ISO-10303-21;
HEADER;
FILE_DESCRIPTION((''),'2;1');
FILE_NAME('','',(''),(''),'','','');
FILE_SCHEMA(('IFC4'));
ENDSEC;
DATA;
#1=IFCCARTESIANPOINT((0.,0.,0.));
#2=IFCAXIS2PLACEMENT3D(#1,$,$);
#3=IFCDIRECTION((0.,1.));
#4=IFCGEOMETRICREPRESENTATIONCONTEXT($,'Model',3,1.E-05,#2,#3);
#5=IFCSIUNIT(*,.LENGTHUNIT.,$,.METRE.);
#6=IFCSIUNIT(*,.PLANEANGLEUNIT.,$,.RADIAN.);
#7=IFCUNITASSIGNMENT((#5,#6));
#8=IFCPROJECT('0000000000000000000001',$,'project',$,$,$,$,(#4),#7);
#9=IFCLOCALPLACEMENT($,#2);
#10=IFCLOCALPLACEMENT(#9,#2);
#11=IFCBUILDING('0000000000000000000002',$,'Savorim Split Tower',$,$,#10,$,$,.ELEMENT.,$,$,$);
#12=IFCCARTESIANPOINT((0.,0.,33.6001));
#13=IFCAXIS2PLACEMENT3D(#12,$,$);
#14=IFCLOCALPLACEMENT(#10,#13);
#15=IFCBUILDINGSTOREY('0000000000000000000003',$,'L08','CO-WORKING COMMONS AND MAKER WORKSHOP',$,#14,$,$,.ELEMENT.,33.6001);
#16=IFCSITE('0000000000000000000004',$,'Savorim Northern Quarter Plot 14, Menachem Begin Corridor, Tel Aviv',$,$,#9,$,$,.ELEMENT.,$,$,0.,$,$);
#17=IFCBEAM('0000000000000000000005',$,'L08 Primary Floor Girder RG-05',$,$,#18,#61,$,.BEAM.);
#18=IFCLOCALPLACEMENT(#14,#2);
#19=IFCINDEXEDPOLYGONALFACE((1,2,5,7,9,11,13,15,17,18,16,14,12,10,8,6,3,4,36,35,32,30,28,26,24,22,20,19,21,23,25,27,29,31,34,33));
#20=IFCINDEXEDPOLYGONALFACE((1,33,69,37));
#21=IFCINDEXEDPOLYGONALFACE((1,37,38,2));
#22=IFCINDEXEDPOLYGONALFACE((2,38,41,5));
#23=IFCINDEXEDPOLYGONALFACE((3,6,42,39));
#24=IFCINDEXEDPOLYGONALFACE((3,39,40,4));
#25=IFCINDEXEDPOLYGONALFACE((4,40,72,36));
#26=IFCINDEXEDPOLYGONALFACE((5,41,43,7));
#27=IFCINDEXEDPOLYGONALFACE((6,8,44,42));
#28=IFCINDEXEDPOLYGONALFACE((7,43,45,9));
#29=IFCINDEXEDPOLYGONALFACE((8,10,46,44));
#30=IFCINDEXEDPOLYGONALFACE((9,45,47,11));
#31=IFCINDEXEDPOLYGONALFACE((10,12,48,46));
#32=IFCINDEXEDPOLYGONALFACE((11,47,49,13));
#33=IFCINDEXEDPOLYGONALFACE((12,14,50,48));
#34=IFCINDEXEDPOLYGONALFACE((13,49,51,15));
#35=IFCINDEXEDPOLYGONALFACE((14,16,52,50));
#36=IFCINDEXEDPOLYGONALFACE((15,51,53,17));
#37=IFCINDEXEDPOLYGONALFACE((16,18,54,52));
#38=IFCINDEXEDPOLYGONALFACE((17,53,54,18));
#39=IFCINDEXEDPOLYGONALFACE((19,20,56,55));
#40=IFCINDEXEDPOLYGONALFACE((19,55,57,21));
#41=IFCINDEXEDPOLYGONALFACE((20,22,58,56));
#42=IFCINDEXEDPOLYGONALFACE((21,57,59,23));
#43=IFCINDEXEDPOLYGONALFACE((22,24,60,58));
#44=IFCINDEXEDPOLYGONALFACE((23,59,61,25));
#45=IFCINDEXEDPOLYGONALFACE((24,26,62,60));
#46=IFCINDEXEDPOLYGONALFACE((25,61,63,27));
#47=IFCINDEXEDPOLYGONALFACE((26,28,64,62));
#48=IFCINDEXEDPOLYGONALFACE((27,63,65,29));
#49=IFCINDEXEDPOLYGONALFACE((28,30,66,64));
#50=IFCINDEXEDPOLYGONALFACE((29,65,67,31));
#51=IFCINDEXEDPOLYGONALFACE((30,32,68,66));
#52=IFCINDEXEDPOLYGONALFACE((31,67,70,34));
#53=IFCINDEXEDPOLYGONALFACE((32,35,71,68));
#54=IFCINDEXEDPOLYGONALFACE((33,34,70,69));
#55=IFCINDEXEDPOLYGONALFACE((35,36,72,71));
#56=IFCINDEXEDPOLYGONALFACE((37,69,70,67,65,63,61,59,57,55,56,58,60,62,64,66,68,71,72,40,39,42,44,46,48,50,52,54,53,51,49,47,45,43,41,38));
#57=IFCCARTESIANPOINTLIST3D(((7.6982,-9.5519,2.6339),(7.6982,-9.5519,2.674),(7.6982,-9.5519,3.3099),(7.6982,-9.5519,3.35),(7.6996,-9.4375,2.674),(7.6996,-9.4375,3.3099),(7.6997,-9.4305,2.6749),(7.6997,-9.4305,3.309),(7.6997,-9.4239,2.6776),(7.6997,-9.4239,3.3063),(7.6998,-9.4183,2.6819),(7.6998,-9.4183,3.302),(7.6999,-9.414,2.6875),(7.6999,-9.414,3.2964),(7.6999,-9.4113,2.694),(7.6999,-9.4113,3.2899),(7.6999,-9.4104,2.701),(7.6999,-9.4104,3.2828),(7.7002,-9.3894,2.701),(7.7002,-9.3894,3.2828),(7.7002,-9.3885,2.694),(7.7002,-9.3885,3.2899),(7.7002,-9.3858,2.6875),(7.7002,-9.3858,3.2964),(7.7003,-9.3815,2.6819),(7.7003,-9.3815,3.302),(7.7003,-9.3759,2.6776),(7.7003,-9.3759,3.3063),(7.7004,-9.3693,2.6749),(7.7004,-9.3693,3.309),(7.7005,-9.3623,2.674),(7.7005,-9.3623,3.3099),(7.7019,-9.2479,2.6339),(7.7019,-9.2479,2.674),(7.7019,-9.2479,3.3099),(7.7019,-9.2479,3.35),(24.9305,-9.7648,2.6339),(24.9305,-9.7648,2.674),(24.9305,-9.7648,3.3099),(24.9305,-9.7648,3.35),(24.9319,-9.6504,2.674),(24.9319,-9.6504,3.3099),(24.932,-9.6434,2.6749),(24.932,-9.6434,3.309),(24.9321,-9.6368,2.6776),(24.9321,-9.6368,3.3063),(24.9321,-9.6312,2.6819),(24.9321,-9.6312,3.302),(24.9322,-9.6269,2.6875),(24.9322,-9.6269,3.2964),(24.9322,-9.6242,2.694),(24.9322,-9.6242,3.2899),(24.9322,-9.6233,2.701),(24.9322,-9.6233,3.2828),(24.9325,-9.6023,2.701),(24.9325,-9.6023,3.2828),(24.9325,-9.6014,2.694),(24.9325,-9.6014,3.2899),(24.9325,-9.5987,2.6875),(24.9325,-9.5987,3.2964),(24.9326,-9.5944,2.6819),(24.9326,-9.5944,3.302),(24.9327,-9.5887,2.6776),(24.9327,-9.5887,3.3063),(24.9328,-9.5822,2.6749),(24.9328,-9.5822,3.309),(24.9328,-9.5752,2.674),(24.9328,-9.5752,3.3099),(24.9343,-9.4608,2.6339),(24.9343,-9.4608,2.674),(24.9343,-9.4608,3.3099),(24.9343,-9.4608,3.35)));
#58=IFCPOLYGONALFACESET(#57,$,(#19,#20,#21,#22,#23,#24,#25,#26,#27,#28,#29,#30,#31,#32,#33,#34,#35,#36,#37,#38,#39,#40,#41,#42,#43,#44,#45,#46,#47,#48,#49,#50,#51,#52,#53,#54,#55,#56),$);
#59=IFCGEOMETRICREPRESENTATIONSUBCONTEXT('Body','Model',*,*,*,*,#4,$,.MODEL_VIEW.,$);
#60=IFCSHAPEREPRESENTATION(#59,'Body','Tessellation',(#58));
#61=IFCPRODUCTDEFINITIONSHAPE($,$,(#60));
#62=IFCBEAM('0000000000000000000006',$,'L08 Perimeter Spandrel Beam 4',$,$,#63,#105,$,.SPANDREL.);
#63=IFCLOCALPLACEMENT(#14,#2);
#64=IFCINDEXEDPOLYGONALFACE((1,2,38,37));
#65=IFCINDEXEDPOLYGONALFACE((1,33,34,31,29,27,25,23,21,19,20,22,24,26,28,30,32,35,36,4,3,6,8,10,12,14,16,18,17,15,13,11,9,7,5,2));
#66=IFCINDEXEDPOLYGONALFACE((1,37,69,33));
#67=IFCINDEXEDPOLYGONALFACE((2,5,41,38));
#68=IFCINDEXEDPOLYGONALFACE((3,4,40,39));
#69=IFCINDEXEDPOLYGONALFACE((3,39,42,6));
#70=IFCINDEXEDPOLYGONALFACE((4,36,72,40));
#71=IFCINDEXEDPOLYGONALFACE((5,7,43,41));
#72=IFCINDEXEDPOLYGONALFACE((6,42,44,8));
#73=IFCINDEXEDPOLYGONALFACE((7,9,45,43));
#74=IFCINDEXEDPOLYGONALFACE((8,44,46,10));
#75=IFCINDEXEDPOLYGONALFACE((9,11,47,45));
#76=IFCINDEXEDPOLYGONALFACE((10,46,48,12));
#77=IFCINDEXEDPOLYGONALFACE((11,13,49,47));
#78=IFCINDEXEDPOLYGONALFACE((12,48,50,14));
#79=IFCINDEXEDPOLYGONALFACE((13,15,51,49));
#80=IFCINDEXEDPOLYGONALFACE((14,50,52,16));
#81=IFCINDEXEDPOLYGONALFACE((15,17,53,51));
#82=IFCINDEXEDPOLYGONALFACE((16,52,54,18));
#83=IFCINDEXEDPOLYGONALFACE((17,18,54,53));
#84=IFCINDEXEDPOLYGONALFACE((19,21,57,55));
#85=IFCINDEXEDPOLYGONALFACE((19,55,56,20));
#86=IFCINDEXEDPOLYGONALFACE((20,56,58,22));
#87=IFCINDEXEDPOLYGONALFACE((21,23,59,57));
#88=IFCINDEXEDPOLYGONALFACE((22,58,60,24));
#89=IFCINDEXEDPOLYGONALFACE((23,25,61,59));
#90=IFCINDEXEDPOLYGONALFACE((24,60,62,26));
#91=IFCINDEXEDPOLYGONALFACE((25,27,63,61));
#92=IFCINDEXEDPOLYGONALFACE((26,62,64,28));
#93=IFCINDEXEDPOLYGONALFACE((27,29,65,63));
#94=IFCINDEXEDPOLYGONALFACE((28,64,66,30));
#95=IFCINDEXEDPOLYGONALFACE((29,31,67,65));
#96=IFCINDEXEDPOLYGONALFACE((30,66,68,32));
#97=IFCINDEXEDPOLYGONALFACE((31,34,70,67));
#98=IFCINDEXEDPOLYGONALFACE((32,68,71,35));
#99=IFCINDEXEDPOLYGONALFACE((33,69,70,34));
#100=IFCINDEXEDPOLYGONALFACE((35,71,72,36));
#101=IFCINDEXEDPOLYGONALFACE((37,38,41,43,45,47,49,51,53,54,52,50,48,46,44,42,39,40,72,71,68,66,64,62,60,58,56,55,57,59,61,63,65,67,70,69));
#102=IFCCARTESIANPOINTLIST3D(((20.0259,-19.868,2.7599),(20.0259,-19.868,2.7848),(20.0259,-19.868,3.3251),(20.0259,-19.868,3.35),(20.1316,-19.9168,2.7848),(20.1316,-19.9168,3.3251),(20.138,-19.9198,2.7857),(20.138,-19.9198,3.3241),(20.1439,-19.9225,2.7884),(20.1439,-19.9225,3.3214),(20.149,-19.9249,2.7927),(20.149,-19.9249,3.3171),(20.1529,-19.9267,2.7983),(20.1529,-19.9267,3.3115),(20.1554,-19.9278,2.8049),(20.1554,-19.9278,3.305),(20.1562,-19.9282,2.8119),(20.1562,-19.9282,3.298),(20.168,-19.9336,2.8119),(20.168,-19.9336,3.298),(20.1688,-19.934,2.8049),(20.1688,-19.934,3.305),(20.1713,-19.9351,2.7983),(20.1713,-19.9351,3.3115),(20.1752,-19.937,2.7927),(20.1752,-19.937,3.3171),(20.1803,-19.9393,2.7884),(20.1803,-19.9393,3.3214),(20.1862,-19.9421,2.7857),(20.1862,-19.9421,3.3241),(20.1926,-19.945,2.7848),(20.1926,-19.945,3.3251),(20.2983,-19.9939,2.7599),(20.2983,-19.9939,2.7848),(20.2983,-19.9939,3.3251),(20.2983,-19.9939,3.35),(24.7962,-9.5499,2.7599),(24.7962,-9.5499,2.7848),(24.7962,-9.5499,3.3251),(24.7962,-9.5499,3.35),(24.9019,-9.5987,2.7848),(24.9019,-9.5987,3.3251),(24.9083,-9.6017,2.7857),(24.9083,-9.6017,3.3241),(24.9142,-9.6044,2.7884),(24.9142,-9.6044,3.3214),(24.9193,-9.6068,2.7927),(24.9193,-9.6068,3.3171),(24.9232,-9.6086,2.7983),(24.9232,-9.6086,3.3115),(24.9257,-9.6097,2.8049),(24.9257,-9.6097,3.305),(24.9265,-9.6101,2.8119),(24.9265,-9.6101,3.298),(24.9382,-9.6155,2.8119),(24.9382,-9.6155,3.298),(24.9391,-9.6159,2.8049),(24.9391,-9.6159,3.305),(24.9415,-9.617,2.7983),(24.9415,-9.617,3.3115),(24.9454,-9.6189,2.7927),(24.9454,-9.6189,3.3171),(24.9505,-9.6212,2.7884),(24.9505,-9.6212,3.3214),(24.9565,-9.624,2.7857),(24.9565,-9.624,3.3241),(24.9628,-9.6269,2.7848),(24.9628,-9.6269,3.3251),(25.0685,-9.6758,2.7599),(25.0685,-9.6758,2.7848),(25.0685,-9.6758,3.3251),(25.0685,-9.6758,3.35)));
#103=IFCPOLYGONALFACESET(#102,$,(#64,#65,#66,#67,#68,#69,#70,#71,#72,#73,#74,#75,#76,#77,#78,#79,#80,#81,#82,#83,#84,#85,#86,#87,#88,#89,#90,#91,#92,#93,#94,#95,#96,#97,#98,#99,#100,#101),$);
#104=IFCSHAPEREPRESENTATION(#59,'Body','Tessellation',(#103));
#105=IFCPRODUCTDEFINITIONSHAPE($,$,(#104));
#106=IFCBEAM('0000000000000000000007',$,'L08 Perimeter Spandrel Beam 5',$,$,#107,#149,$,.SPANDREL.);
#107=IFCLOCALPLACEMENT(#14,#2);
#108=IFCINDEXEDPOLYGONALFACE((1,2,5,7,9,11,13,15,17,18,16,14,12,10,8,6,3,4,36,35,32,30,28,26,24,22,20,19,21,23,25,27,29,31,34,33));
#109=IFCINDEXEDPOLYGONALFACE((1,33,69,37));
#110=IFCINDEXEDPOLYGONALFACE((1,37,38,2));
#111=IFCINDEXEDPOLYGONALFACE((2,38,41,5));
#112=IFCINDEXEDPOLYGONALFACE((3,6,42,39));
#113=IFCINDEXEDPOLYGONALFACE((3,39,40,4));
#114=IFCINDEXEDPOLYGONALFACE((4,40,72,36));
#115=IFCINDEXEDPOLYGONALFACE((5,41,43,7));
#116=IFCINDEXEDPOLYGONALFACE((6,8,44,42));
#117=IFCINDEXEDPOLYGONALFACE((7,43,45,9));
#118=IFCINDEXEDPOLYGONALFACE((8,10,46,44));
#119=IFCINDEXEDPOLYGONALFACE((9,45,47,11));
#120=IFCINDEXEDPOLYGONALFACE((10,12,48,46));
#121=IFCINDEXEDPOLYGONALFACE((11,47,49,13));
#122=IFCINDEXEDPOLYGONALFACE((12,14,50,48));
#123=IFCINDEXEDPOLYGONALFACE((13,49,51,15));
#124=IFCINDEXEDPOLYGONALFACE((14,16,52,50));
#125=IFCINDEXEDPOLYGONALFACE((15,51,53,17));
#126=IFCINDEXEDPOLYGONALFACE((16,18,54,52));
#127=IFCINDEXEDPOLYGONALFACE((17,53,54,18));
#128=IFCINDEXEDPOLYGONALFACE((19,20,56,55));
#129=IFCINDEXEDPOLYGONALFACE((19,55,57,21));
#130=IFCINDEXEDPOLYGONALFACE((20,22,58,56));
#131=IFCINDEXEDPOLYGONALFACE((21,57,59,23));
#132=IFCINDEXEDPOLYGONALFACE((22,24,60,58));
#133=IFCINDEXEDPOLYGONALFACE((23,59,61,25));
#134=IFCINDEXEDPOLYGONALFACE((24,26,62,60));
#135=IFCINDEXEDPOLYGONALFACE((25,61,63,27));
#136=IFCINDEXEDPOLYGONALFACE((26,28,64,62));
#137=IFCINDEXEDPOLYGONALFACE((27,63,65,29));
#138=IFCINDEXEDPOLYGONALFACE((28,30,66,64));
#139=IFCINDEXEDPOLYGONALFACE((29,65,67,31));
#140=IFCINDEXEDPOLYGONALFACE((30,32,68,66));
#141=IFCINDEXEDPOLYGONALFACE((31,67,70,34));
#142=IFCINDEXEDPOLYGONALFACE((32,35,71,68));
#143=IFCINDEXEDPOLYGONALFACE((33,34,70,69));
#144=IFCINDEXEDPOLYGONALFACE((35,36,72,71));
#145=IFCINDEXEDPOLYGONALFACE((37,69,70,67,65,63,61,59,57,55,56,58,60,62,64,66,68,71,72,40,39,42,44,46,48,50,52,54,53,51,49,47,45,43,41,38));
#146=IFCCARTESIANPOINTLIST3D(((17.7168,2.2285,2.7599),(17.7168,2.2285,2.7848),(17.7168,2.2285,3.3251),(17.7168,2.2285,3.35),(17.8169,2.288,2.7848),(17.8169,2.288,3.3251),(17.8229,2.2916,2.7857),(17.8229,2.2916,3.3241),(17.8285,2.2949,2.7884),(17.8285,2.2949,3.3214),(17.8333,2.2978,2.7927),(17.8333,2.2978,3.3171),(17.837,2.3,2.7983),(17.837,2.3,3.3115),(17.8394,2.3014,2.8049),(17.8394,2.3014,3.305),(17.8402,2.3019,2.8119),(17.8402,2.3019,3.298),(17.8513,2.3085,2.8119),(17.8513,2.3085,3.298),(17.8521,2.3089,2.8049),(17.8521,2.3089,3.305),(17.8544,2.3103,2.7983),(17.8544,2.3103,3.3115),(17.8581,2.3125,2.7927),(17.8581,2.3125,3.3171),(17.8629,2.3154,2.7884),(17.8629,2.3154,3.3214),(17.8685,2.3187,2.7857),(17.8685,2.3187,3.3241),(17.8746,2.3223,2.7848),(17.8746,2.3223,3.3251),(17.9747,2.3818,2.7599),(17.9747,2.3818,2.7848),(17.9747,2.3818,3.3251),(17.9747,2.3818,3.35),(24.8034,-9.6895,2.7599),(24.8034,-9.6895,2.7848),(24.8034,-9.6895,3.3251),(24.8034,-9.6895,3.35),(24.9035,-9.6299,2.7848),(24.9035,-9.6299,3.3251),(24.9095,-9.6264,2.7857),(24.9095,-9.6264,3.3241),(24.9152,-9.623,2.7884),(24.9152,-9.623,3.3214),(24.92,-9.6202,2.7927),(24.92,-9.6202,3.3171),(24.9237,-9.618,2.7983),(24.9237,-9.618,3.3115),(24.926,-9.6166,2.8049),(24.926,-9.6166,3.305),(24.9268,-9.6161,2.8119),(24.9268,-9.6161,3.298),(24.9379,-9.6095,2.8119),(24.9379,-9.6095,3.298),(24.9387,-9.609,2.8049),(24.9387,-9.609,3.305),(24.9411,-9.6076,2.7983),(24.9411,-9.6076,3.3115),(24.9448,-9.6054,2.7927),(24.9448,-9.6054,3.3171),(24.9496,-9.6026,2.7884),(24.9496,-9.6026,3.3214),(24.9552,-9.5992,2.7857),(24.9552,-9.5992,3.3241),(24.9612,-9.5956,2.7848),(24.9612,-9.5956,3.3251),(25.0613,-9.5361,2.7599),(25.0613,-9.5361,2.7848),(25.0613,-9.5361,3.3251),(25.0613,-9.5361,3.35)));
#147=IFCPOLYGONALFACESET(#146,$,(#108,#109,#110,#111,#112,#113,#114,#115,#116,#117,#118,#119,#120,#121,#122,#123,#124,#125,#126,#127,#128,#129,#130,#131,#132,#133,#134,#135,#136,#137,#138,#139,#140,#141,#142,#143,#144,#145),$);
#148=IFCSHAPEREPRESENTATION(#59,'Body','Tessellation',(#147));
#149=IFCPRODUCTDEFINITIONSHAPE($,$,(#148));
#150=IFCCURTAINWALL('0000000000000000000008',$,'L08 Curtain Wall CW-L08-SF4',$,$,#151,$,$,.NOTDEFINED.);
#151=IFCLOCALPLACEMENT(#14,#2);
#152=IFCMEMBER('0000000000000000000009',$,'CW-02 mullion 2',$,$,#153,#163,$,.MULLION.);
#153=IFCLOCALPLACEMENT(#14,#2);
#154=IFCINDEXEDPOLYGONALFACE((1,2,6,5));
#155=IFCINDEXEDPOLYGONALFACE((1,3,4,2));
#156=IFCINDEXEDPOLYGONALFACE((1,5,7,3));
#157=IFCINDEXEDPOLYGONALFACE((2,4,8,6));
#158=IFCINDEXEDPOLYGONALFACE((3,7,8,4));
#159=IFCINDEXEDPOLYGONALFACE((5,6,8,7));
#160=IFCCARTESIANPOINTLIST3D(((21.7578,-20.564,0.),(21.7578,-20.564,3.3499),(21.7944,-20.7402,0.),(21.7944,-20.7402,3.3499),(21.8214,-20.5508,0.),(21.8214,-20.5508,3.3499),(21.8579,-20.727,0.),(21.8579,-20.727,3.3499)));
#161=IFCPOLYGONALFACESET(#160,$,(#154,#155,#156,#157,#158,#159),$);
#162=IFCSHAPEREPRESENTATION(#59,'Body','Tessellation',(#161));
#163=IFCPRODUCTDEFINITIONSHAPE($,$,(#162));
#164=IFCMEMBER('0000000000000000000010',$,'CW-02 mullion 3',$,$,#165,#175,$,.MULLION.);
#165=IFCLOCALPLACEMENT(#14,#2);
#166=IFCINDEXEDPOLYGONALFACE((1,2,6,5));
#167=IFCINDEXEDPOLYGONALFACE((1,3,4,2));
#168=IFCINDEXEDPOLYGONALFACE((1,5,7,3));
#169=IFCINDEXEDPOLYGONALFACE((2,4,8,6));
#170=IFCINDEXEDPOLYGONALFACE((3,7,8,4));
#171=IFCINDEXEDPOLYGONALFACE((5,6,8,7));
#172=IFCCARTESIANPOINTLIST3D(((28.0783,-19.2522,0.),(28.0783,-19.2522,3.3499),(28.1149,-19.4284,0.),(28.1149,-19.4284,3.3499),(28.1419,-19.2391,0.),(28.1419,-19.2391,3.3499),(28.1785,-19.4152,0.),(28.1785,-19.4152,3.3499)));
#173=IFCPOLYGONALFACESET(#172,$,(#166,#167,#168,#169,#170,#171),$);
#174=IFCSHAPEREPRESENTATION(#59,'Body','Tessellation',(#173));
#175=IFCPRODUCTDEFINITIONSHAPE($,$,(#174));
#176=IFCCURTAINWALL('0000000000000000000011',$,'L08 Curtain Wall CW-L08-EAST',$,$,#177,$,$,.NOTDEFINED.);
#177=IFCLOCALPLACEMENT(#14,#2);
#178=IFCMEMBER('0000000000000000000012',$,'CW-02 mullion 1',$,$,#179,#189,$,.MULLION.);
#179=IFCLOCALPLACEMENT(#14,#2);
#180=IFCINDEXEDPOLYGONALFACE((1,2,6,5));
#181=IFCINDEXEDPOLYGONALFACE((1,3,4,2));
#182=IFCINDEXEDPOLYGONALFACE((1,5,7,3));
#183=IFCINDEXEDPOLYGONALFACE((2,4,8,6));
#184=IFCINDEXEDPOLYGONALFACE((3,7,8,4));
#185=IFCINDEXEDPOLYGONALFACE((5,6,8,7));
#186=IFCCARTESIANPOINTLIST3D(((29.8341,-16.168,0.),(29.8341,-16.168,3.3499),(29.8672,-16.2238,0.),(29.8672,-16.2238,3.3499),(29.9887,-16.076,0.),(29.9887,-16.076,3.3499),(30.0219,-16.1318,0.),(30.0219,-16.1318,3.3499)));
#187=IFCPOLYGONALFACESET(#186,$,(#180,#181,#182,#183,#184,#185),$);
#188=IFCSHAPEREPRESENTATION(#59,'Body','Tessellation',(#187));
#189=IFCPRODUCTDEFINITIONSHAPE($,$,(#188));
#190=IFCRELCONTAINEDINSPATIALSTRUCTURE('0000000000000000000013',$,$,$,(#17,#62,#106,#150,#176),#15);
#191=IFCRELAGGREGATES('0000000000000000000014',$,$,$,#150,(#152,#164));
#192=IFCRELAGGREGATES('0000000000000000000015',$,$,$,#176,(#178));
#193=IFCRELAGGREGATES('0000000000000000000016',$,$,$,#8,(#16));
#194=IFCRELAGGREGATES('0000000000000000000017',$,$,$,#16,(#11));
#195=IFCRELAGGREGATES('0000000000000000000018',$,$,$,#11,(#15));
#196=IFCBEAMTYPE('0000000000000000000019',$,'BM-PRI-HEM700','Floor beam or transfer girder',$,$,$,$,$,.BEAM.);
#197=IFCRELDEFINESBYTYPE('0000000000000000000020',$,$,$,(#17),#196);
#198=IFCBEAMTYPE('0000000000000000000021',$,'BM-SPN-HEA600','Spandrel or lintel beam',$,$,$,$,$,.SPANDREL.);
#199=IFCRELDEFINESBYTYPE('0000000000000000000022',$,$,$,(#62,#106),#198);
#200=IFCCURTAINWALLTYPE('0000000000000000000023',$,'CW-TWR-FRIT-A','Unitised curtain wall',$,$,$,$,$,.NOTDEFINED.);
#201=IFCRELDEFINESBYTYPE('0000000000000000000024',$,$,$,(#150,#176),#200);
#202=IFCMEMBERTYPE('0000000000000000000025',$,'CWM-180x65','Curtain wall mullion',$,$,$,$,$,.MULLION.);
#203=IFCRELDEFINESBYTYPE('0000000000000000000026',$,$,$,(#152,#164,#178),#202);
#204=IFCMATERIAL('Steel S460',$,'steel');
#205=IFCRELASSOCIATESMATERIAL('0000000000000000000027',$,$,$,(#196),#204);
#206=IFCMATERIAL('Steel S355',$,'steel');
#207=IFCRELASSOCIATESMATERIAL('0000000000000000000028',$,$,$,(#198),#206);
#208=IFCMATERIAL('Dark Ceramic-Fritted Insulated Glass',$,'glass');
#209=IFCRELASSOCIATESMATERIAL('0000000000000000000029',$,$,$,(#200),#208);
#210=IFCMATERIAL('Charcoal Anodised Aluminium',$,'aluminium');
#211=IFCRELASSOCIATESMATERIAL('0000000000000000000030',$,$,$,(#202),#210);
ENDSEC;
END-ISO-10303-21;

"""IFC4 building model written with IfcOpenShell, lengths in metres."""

from ifc_helpers import new_model, si_unit, direction, frame, origin, origin_2d, place, context, subcontext, project, spatial, rectangle, i_section, extrude, material, material_profile, profile_set, type_object, element, aggregate, save


model = new_model("IFC4")

# Units and contexts
model_context = context("Model", 3, precision=1e-05, world=origin(), true_north=direction((0.0, 1.0)))
body_context = subcontext(model_context, "Body", "Model", "MODEL_VIEW")
ifc_project = project(units=[si_unit("LENGTHUNIT", "METRE"), si_unit("PLANEANGLEUNIT", "RADIAN")], contexts=[model_context])

# Site, building, storey
site_placement = place(None, origin())
site = spatial("IfcSite", under=ifc_project, at=site_placement, Name="Savorim Northern Quarter Plot 14, Menachem Begin Corridor, Tel Aviv", CompositionType="ELEMENT", RefElevation=0.0)
building_placement = place(site_placement, origin())
building = spatial("IfcBuilding", under=site, at=building_placement, Name="Savorim Split Tower", CompositionType="ELEMENT")
storey_placement = place(building_placement, frame((0.0, 0.0, 33.6001)))
storey = spatial("IfcBuildingStorey", under=building, at=storey_placement, Name="L08", Description="CO-WORKING COMMONS AND MAKER WORKSHOP", CompositionType="ELEMENT", Elevation=33.6001)

# Shared definitions
ifc_material_1 = material(Name="Steel S460", Category="steel")

# Beams
ifc_material_2 = material(Name="Steel S355", Category="steel")
ifc_material_profile_1 = material_profile(ifc_material_1, i_section(OverallWidth=0.304, OverallDepth=0.7161, WebThickness=0.021, FlangeThickness=0.04, FilletRadius=0.0271, at=origin_2d()), Name="HE 700 M")
ifc_profile_set_1 = profile_set([ifc_material_profile_1], Name="Steel S460")
beam_type_1 = type_object("IfcBeamType", Name="BM-PRI-HEM700", Description="Floor beam or transfer girder", PredefinedType="BEAM", material=ifc_profile_set_1)
beam_1_placement = place(storey_placement, frame((24.9324, -9.6128, 2.9919), z_axis=(-0.999924, 0.012353, 0.0), x_axis=(-0.012353, -0.999924, 0.0)))
element("IfcBeam", 1, at=beam_1_placement, inside=storey, type_object=beam_type_1, Name="L08 Primary Floor Girder RG-05", PredefinedType="BEAM", context=body_context, shape_type="SweptSolid", body=[
    extrude(i_section(OverallWidth=0.304, OverallDepth=0.7161, WebThickness=0.021, FlangeThickness=0.04, FilletRadius=0.0271, at=origin_2d()), origin(), (0.0, 0.0, 1.0), 17.2336),
])
ifc_material_profile_2 = material_profile(ifc_material_2, i_section(OverallWidth=0.3, OverallDepth=0.5901, WebThickness=0.0129, FlangeThickness=0.0249, FilletRadius=0.0271, at=origin_2d()), Name="HEA 600")
ifc_profile_set_2 = profile_set([ifc_material_profile_2], Name="Steel S355")
beam_type_2 = type_object("IfcBeamType", Name="BM-SPN-HEA600", Description="Spandrel or lintel beam", PredefinedType="SPANDREL", material=ifc_profile_set_2)
beam_2_placement = place(storey_placement, frame((20.1621, -19.9309, 3.0549), z_axis=(0.419642, 0.90769, 0.0), x_axis=(-0.90769, 0.419642, 0.0)))
element("IfcBeam", 2, at=beam_2_placement, inside=storey, type_object=beam_type_2, Name="L08 Perimeter Spandrel Beam 4", PredefinedType="SPANDREL", context=body_context, shape_type="SweptSolid", body=[
    extrude(i_section(OverallWidth=0.3, OverallDepth=0.5901, WebThickness=0.0129, FlangeThickness=0.0249, FilletRadius=0.0271, at=origin_2d()), origin(), (0.0, 0.0, 1.0), 11.3674),
])
beam_3_placement = place(storey_placement, frame((24.9324, -9.6128, 3.0549), z_axis=(-0.511092, 0.859526, 0.0), x_axis=(-0.859526, -0.511092, 0.0)))
element("IfcBeam", 3, at=beam_3_placement, inside=storey, type_object=beam_type_2, Name="L08 Perimeter Spandrel Beam 5", PredefinedType="SPANDREL", context=body_context, shape_type="SweptSolid", body=[
    extrude(i_section(OverallWidth=0.3, OverallDepth=0.5901, WebThickness=0.0129, FlangeThickness=0.0249, FilletRadius=0.0271, at=origin_2d()), origin(), (0.0, 0.0, 1.0), 13.8657),
])

# Curtain walls, members
ifc_material_3 = material(Name="Dark Ceramic-Fritted Insulated Glass", Category="glass")
curtain_wall_type = type_object("IfcCurtainWallType", Name="CW-TWR-FRIT-A", Description="Unitised curtain wall", PredefinedType="NOTDEFINED", material=ifc_material_3)
curtain_wall_1_placement = place(storey_placement, origin())
curtain_wall_1 = element("IfcCurtainWall", 4, at=curtain_wall_1_placement, inside=storey, type_object=curtain_wall_type, Name="L08 Curtain Wall CW-L08-SF4", PredefinedType="NOTDEFINED")
ifc_material_4 = material(Name="Charcoal Anodised Aluminium", Category="aluminium")
ifc_material_profile_3 = material_profile(ifc_material_4, rectangle(XDim=0.1799, YDim=0.0649, at=origin_2d()), Name="ALU-M 180x65")
ifc_profile_set_3 = profile_set([ifc_material_profile_3], Name="Charcoal Anodised Aluminium")
member_type_1 = type_object("IfcMemberType", Name="CWM-180x65", Description="Curtain wall mullion", PredefinedType="MULLION", material=ifc_profile_set_3)
member_1_placement = place(storey_placement, frame((21.8079, -20.6455, 0.0), z_axis=(0.0, 0.0, 1.0), x_axis=(-0.20321, 0.979135, 0.0)))
member_1 = element("IfcMember", 5, at=member_1_placement, type_object=member_type_1, Name="CW-02 mullion 2", PredefinedType="MULLION", context=body_context, shape_type="SweptSolid", body=[
    extrude(rectangle(XDim=0.1799, YDim=0.0649, at=origin_2d()), origin(), (0.0, 0.0, 1.0), 3.3499),
])
member_2_placement = place(storey_placement, frame((28.1284, -19.3337, 0.0), z_axis=(0.0, 0.0, 1.0), x_axis=(-0.20321, 0.979135, 0.0)))
member_2 = element("IfcMember", 6, at=member_2_placement, type_object=member_type_1, Name="CW-02 mullion 3", PredefinedType="MULLION", context=body_context, shape_type="SweptSolid", body=[
    extrude(rectangle(XDim=0.1799, YDim=0.0649, at=origin_2d()), origin(), (0.0, 0.0, 1.0), 3.3499),
])
curtain_wall_2_placement = place(storey_placement, origin())
curtain_wall_2 = element("IfcCurtainWall", 7, at=curtain_wall_2_placement, inside=storey, type_object=curtain_wall_type, Name="L08 Curtain Wall CW-L08-EAST", PredefinedType="NOTDEFINED")
member_3_placement = place(storey_placement, frame((29.928, -16.1499, 0.0), z_axis=(0.0, 0.0, 1.0), x_axis=(-0.859526, -0.511092, 0.0)))
member_3 = element("IfcMember", 8, at=member_3_placement, type_object=member_type_1, Name="CW-02 mullion 1", PredefinedType="MULLION", context=body_context, shape_type="SweptSolid", body=[
    extrude(rectangle(XDim=0.1799, YDim=0.0649, at=origin_2d()), origin(), (0.0, 0.0, 1.0), 3.3499),
])

aggregate(curtain_wall_1, [member_1, member_2])
aggregate(curtain_wall_2, [member_3])

save(model, "model.ifc")
